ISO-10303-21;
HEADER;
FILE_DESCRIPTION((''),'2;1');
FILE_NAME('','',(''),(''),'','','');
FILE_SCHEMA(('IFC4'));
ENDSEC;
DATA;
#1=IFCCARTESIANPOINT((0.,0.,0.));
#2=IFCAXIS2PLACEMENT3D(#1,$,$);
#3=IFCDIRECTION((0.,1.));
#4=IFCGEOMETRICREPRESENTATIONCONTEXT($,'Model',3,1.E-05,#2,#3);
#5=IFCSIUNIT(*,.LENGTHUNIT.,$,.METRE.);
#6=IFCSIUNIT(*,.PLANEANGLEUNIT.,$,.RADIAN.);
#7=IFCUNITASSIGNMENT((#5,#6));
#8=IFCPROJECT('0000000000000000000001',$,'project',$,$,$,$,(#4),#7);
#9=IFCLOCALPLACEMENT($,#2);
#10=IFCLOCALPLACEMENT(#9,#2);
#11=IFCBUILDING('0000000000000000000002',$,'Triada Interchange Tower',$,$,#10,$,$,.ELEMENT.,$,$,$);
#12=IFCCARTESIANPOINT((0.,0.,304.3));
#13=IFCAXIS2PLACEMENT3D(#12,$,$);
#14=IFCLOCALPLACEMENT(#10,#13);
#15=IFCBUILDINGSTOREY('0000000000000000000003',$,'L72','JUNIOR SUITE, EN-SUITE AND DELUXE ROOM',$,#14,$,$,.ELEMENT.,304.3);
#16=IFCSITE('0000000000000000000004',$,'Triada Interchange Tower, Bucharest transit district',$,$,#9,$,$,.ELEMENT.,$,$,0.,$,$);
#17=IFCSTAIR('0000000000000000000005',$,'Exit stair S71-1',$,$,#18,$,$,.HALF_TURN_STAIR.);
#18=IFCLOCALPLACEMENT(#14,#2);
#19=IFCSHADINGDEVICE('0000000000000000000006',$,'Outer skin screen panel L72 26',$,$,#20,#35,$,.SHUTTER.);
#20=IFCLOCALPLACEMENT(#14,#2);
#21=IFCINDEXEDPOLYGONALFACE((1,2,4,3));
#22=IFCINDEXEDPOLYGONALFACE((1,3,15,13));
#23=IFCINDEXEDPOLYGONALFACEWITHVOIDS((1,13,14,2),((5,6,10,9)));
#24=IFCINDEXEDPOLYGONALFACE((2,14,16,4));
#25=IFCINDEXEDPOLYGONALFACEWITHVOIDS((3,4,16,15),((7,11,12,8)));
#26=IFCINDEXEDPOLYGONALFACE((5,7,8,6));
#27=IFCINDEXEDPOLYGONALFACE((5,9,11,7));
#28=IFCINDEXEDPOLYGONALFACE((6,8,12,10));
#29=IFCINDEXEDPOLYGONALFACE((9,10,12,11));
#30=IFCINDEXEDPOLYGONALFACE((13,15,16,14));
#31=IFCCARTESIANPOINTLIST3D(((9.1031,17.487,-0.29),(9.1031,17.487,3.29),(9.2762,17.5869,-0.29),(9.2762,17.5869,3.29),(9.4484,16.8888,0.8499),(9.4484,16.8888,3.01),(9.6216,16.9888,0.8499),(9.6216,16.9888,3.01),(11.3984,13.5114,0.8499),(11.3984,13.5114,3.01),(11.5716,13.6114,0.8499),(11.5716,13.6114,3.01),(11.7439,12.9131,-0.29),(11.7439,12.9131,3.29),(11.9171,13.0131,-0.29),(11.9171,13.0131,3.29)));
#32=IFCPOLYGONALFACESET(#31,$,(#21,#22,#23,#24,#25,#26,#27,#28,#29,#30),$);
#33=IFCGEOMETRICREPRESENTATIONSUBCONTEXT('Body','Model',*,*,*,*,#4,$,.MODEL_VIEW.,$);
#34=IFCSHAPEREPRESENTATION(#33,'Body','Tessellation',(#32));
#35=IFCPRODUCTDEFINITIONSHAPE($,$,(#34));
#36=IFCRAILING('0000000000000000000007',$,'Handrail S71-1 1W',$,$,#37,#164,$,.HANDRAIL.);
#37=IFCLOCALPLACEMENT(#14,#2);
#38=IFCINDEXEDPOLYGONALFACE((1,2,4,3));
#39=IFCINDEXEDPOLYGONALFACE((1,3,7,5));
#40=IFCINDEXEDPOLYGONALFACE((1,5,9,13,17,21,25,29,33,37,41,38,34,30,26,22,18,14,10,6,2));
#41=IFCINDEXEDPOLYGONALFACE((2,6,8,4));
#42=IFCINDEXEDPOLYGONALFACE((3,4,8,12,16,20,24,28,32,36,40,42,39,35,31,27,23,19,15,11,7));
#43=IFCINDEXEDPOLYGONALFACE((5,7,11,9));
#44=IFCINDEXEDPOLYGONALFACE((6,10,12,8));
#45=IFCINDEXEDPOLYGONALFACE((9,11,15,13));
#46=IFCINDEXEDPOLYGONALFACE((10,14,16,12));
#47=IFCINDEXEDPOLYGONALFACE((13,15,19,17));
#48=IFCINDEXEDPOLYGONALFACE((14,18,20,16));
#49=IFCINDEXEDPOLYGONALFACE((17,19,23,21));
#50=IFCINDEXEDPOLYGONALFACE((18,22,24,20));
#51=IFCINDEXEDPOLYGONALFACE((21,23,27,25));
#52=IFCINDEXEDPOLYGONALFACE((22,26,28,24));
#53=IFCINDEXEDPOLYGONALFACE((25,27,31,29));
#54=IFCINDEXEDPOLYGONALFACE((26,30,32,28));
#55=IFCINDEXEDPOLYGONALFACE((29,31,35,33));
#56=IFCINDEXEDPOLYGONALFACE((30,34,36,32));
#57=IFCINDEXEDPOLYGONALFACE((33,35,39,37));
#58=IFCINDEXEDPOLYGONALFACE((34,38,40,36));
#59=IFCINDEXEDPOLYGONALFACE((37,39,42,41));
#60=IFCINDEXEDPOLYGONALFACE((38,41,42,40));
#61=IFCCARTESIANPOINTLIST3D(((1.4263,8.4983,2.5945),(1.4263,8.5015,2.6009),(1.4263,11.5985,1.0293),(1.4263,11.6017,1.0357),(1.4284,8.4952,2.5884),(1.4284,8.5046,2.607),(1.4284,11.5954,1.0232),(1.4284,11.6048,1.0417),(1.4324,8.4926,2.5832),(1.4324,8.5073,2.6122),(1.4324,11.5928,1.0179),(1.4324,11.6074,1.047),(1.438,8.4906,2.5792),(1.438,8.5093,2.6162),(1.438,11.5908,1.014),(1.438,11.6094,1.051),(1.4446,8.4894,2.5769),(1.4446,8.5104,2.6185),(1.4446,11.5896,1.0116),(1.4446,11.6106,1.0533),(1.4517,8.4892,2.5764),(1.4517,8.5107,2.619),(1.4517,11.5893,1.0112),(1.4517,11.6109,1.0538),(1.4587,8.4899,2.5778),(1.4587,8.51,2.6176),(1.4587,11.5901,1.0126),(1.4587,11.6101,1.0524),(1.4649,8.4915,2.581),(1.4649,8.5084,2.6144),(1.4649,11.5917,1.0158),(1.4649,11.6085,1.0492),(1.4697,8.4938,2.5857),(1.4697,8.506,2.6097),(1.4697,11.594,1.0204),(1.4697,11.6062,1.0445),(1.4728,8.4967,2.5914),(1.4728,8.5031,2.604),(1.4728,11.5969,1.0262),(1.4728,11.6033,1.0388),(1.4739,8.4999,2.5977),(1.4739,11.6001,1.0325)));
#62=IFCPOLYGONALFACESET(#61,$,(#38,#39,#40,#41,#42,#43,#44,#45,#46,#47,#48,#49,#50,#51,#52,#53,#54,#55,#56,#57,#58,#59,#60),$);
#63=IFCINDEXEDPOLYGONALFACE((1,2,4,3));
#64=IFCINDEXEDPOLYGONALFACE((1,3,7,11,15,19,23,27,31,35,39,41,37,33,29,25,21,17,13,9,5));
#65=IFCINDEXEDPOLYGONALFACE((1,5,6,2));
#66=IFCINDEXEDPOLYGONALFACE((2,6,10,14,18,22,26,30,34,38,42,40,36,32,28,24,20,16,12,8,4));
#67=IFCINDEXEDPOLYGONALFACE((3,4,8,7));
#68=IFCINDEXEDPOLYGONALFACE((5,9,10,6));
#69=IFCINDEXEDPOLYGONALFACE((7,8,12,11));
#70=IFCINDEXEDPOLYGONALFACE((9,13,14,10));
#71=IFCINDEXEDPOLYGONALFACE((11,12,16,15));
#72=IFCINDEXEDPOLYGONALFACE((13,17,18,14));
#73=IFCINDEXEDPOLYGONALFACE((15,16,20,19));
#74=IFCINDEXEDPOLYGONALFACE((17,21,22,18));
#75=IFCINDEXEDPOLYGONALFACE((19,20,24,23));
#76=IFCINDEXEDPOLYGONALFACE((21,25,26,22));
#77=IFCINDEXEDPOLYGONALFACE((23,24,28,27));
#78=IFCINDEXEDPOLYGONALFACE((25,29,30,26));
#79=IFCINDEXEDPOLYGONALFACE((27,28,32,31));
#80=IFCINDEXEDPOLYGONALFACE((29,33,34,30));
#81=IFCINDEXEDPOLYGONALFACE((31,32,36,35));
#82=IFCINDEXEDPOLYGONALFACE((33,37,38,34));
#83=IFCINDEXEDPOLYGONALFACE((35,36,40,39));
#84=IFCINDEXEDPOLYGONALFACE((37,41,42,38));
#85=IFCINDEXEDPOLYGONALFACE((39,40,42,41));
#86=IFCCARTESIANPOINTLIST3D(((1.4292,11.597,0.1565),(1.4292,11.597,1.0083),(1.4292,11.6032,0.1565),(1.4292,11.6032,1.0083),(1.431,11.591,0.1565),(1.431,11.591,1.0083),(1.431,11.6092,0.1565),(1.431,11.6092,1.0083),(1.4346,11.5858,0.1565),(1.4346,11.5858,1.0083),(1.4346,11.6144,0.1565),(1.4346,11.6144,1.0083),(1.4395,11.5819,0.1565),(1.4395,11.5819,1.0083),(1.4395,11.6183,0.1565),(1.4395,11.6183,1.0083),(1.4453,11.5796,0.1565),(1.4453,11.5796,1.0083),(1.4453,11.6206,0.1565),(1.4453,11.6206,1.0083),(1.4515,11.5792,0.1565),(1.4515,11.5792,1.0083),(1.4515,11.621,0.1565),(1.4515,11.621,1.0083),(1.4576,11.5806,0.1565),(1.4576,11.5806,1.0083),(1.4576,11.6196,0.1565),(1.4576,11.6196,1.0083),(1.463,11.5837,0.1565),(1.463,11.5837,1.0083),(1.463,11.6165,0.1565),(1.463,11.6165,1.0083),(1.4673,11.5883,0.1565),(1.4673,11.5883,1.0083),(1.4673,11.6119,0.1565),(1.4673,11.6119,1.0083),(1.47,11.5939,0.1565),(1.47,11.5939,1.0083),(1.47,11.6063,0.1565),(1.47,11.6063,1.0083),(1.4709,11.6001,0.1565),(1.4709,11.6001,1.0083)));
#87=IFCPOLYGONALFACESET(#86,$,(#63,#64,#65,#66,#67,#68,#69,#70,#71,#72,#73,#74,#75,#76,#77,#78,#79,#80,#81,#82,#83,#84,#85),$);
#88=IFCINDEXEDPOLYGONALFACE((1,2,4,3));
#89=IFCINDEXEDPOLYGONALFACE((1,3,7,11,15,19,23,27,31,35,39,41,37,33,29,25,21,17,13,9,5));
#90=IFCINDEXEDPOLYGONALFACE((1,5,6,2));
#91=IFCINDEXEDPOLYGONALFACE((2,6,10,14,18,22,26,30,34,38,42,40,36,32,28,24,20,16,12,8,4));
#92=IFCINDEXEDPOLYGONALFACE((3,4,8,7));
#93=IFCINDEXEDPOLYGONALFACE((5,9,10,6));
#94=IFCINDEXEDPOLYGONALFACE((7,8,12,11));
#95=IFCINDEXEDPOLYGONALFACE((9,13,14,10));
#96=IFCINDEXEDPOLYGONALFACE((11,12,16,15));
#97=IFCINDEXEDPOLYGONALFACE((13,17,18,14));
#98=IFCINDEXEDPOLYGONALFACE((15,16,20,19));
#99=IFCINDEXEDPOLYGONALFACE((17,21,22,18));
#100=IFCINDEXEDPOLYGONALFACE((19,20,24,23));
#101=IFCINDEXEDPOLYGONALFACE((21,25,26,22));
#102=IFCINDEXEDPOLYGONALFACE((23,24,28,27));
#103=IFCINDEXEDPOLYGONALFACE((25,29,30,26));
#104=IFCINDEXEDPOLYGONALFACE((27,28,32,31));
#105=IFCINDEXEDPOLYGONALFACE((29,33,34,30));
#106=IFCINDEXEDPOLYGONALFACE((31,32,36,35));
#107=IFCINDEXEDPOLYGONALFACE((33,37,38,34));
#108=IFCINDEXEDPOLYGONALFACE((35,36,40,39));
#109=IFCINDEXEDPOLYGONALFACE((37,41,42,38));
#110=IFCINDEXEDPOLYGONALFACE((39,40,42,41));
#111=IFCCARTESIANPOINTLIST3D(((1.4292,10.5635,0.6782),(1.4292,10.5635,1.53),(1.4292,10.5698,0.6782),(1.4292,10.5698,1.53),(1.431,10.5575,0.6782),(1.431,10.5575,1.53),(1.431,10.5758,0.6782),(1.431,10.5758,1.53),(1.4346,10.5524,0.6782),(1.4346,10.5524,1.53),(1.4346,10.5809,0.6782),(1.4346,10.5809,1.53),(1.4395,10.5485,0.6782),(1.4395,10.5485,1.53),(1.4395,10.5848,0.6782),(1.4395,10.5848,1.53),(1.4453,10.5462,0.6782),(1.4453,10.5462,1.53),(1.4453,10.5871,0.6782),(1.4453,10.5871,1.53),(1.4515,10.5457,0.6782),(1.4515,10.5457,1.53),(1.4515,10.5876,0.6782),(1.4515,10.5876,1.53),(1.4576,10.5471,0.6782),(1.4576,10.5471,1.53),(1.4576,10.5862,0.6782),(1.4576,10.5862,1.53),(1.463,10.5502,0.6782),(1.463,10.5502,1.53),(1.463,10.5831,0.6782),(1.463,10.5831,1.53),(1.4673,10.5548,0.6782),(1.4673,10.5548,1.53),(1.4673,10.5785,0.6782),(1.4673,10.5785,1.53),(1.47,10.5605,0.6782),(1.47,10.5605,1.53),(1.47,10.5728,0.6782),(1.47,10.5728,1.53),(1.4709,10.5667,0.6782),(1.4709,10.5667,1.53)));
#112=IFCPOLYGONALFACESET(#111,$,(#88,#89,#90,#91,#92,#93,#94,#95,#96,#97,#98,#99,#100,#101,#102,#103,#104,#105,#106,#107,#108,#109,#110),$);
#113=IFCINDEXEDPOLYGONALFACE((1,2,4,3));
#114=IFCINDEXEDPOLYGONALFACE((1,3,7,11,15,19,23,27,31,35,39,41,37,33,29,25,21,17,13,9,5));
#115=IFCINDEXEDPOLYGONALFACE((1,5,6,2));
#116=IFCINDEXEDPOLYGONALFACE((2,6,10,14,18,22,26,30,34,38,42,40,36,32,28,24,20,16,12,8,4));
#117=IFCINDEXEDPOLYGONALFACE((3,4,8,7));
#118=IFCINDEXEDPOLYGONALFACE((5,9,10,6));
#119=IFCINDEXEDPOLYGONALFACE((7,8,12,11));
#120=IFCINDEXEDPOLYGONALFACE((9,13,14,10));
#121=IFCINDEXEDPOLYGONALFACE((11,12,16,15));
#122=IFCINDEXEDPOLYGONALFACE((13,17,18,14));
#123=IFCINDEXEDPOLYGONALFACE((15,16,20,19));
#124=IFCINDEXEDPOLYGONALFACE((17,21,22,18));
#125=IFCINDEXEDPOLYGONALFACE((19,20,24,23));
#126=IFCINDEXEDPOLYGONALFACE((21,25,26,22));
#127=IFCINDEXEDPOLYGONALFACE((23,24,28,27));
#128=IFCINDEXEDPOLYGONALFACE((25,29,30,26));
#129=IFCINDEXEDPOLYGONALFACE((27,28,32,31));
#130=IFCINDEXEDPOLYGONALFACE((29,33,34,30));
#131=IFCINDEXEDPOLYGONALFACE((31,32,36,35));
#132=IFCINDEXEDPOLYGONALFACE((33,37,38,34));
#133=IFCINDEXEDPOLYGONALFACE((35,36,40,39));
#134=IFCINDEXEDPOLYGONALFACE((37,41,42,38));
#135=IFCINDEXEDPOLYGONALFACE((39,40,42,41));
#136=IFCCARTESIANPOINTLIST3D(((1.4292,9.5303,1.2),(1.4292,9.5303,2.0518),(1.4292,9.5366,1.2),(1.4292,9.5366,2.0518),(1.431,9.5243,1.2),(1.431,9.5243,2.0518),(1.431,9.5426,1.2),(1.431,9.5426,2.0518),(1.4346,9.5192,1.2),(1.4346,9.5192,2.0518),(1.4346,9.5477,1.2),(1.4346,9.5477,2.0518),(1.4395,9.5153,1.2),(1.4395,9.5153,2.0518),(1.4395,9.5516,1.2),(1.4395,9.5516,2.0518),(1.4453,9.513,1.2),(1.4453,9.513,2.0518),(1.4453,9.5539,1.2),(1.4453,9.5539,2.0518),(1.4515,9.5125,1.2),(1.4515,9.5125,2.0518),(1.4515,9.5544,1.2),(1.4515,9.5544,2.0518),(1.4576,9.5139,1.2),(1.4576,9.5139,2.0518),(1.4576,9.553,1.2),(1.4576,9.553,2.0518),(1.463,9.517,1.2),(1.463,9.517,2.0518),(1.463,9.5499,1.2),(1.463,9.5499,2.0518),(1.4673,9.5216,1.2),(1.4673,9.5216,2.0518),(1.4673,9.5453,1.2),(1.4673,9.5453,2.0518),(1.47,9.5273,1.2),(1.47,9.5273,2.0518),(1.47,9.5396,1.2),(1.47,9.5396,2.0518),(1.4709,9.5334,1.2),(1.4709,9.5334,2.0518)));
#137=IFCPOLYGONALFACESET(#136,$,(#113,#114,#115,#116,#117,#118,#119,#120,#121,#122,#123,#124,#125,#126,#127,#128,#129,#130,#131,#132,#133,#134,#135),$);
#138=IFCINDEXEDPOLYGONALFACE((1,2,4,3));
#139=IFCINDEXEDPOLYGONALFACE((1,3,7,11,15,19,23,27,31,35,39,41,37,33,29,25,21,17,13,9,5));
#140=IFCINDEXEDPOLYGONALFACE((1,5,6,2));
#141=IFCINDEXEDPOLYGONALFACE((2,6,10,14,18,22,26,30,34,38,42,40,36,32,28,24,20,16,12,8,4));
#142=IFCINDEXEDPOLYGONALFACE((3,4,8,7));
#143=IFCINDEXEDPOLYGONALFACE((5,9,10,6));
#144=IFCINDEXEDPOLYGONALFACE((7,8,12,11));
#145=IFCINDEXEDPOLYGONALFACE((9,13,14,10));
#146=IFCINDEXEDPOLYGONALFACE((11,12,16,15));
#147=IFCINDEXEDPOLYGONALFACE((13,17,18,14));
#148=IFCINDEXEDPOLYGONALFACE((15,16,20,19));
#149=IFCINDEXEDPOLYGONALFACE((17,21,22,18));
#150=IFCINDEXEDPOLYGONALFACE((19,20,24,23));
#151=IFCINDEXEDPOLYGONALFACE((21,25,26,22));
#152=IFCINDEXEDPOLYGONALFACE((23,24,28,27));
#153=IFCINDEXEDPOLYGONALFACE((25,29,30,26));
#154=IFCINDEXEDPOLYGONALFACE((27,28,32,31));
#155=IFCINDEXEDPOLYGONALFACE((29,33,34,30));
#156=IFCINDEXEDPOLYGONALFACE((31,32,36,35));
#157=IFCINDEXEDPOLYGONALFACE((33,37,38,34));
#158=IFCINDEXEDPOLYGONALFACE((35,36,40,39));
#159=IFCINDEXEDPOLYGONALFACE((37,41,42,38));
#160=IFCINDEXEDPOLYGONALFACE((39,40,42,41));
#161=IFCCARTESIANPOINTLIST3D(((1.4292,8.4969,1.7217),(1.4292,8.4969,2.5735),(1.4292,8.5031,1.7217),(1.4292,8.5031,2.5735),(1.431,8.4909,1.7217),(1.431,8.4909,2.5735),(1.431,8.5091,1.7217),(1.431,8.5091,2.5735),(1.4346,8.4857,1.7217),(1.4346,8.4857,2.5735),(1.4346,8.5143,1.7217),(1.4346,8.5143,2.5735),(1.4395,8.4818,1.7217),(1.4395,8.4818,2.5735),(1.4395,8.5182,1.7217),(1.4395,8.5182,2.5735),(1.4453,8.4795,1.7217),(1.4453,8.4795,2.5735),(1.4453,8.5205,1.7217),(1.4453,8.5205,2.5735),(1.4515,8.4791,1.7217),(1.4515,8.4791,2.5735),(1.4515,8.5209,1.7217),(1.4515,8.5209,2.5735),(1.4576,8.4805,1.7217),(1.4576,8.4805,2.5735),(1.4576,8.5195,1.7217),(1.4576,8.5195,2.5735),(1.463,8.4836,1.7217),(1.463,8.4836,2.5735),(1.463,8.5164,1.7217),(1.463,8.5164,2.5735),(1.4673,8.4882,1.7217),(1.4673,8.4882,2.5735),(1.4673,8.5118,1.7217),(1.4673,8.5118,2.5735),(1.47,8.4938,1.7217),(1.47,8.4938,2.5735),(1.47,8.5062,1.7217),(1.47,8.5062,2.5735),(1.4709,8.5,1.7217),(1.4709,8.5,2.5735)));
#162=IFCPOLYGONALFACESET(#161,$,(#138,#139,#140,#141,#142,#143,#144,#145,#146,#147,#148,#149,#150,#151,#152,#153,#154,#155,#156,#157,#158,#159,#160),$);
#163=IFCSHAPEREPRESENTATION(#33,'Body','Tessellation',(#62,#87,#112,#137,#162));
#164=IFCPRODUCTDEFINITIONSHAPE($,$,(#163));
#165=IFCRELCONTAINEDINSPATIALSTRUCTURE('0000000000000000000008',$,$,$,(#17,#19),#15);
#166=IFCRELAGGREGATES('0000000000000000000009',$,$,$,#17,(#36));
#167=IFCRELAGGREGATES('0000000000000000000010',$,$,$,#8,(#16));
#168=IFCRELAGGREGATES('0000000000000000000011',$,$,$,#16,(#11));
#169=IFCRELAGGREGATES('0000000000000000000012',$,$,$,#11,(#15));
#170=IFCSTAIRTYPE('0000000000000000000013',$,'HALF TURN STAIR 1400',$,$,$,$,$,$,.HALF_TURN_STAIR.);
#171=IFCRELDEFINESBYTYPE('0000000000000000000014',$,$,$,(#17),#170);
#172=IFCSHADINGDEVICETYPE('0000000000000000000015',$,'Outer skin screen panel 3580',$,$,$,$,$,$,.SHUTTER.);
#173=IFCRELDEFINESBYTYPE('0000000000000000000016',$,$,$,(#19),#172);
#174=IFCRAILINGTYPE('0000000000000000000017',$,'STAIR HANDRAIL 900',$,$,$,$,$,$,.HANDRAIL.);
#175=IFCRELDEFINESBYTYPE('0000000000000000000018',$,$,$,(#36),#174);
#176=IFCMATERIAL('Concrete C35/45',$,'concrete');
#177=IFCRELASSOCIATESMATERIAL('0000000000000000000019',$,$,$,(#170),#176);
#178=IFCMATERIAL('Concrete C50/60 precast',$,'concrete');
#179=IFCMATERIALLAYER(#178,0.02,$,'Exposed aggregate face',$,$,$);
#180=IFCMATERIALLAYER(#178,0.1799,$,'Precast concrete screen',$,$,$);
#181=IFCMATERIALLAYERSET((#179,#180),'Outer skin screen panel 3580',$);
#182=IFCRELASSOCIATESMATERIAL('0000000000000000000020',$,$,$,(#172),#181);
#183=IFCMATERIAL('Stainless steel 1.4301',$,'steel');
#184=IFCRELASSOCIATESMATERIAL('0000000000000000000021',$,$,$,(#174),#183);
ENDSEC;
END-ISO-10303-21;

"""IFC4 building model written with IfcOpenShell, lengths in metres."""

from ifc_helpers import new_model, si_unit, direction, frame, origin, origin_2d, place, context, subcontext, project, spatial, polyline, circle, outline, extrude, material, layer, layer_set, type_object, element, aggregate, save


model = new_model("IFC4")

# Units and contexts
model_context = context("Model", 3, precision=1e-05, world=origin(), true_north=direction((0.0, 1.0)))
body_context = subcontext(model_context, "Body", "Model", "MODEL_VIEW")
ifc_project = project(units=[si_unit("LENGTHUNIT", "METRE"), si_unit("PLANEANGLEUNIT", "RADIAN")], contexts=[model_context])

# Site, building, storey
site_placement = place(None, origin())
site = spatial("IfcSite", under=ifc_project, at=site_placement, Name="Triada Interchange Tower, Bucharest transit district", CompositionType="ELEMENT", RefElevation=0.0)
building_placement = place(site_placement, origin())
building = spatial("IfcBuilding", under=site, at=building_placement, Name="Triada Interchange Tower", CompositionType="ELEMENT")
storey_placement = place(building_placement, frame((0.0, 0.0, 304.3)))
storey = spatial("IfcBuildingStorey", under=building, at=storey_placement, Name="L72", Description="JUNIOR SUITE, EN-SUITE AND DELUXE ROOM", CompositionType="ELEMENT", Elevation=304.3)

# Stair
ifc_material_1 = material(Name="Concrete C35/45", Category="concrete")
stair_type = type_object("IfcStairType", Name="HALF TURN STAIR 1400", PredefinedType="HALF_TURN_STAIR", material=ifc_material_1)
stair_placement = place(storey_placement, origin())
stair = element("IfcStair", 1, at=stair_placement, inside=storey, type_object=stair_type, Name="Exit stair S71-1", PredefinedType="HALF_TURN_STAIR")

# Shading device
ifc_material_2 = material(Name="Concrete C50/60 precast", Category="concrete")
ifc_layer_1 = layer(ifc_material_2, 0.02, Name="Exposed aggregate face")
ifc_layer_2 = layer(ifc_material_2, 0.1799, Name="Precast concrete screen")
ifc_layer_set_1 = layer_set([ifc_layer_1, ifc_layer_2], Name="Outer skin screen panel 3580")
shading_device_type = type_object("IfcShadingDeviceType", Name="Outer skin screen panel 3580", PredefinedType="SHUTTER", material=ifc_layer_set_1)
shading_device_1_placement = place(storey_placement, frame((11.7439, 12.9131, -0.29), z_axis=(0.0, 0.0, 1.0), x_axis=(-0.500012, 0.866019, 0.0)))
element("IfcShadingDevice", 2, at=shading_device_1_placement, inside=storey, type_object=shading_device_type, Name="Outer skin screen panel L72 26", PredefinedType="SHUTTER", context=body_context, shape_type="SweptSolid", body=[
    extrude(outline(polyline([(0.0, 0.0), (5.2815, 0.0), (5.2815, 3.5801), (0.0, 3.5801), (0.0, 0.0)]), holes=[polyline([(0.6909, 1.1399), (0.6909, 3.3), (4.5908, 3.3), (4.5908, 1.1399), (0.6909, 1.1399)])]), frame((0.0, 0.0, 0.0), z_axis=(0.0, -1.0, 0.0), x_axis=(1.0, 0.0, 0.0)), (0.0, 0.0, 1.0), 0.2),
])

# Railing
ifc_material_3 = material(Name="Stainless steel 1.4301", Category="steel")
railing_type = type_object("IfcRailingType", Name="STAIR HANDRAIL 900", PredefinedType="HANDRAIL", material=ifc_material_3)
railing_1_placement = place(storey_placement, frame((1.45, 11.6001, 0.1565)))
railing_1 = element("IfcRailing", 3, at=railing_1_placement, type_object=railing_type, Name="Handrail S71-1 1W", PredefinedType="HANDRAIL", context=body_context, shape_type="SweptSolid", body=[
    extrude(circle(Radius=0.0239, at=origin_2d()), frame((0.0, 0.0, 0.876), z_axis=(0.0, -0.892677, 0.450697), x_axis=(1.0, 0.0, 0.0)), (0.0, 0.0, 1.0), 3.4729),
    extrude(circle(Radius=0.021, at=origin_2d()), origin(), (0.0, 0.0, 1.0), 0.8518),
    extrude(circle(Radius=0.021, at=origin_2d()), frame((0.0, -1.0334, 0.5217)), (0.0, 0.0, 1.0), 0.8518),
    extrude(circle(Radius=0.021, at=origin_2d()), frame((0.0, -2.0667, 1.0435)), (0.0, 0.0, 1.0), 0.8518),
    extrude(circle(Radius=0.021, at=origin_2d()), frame((0.0, -3.1001, 1.5652)), (0.0, 0.0, 1.0), 0.8518),
])
aggregate(stair, [railing_1])

save(model, "model.ifc")
